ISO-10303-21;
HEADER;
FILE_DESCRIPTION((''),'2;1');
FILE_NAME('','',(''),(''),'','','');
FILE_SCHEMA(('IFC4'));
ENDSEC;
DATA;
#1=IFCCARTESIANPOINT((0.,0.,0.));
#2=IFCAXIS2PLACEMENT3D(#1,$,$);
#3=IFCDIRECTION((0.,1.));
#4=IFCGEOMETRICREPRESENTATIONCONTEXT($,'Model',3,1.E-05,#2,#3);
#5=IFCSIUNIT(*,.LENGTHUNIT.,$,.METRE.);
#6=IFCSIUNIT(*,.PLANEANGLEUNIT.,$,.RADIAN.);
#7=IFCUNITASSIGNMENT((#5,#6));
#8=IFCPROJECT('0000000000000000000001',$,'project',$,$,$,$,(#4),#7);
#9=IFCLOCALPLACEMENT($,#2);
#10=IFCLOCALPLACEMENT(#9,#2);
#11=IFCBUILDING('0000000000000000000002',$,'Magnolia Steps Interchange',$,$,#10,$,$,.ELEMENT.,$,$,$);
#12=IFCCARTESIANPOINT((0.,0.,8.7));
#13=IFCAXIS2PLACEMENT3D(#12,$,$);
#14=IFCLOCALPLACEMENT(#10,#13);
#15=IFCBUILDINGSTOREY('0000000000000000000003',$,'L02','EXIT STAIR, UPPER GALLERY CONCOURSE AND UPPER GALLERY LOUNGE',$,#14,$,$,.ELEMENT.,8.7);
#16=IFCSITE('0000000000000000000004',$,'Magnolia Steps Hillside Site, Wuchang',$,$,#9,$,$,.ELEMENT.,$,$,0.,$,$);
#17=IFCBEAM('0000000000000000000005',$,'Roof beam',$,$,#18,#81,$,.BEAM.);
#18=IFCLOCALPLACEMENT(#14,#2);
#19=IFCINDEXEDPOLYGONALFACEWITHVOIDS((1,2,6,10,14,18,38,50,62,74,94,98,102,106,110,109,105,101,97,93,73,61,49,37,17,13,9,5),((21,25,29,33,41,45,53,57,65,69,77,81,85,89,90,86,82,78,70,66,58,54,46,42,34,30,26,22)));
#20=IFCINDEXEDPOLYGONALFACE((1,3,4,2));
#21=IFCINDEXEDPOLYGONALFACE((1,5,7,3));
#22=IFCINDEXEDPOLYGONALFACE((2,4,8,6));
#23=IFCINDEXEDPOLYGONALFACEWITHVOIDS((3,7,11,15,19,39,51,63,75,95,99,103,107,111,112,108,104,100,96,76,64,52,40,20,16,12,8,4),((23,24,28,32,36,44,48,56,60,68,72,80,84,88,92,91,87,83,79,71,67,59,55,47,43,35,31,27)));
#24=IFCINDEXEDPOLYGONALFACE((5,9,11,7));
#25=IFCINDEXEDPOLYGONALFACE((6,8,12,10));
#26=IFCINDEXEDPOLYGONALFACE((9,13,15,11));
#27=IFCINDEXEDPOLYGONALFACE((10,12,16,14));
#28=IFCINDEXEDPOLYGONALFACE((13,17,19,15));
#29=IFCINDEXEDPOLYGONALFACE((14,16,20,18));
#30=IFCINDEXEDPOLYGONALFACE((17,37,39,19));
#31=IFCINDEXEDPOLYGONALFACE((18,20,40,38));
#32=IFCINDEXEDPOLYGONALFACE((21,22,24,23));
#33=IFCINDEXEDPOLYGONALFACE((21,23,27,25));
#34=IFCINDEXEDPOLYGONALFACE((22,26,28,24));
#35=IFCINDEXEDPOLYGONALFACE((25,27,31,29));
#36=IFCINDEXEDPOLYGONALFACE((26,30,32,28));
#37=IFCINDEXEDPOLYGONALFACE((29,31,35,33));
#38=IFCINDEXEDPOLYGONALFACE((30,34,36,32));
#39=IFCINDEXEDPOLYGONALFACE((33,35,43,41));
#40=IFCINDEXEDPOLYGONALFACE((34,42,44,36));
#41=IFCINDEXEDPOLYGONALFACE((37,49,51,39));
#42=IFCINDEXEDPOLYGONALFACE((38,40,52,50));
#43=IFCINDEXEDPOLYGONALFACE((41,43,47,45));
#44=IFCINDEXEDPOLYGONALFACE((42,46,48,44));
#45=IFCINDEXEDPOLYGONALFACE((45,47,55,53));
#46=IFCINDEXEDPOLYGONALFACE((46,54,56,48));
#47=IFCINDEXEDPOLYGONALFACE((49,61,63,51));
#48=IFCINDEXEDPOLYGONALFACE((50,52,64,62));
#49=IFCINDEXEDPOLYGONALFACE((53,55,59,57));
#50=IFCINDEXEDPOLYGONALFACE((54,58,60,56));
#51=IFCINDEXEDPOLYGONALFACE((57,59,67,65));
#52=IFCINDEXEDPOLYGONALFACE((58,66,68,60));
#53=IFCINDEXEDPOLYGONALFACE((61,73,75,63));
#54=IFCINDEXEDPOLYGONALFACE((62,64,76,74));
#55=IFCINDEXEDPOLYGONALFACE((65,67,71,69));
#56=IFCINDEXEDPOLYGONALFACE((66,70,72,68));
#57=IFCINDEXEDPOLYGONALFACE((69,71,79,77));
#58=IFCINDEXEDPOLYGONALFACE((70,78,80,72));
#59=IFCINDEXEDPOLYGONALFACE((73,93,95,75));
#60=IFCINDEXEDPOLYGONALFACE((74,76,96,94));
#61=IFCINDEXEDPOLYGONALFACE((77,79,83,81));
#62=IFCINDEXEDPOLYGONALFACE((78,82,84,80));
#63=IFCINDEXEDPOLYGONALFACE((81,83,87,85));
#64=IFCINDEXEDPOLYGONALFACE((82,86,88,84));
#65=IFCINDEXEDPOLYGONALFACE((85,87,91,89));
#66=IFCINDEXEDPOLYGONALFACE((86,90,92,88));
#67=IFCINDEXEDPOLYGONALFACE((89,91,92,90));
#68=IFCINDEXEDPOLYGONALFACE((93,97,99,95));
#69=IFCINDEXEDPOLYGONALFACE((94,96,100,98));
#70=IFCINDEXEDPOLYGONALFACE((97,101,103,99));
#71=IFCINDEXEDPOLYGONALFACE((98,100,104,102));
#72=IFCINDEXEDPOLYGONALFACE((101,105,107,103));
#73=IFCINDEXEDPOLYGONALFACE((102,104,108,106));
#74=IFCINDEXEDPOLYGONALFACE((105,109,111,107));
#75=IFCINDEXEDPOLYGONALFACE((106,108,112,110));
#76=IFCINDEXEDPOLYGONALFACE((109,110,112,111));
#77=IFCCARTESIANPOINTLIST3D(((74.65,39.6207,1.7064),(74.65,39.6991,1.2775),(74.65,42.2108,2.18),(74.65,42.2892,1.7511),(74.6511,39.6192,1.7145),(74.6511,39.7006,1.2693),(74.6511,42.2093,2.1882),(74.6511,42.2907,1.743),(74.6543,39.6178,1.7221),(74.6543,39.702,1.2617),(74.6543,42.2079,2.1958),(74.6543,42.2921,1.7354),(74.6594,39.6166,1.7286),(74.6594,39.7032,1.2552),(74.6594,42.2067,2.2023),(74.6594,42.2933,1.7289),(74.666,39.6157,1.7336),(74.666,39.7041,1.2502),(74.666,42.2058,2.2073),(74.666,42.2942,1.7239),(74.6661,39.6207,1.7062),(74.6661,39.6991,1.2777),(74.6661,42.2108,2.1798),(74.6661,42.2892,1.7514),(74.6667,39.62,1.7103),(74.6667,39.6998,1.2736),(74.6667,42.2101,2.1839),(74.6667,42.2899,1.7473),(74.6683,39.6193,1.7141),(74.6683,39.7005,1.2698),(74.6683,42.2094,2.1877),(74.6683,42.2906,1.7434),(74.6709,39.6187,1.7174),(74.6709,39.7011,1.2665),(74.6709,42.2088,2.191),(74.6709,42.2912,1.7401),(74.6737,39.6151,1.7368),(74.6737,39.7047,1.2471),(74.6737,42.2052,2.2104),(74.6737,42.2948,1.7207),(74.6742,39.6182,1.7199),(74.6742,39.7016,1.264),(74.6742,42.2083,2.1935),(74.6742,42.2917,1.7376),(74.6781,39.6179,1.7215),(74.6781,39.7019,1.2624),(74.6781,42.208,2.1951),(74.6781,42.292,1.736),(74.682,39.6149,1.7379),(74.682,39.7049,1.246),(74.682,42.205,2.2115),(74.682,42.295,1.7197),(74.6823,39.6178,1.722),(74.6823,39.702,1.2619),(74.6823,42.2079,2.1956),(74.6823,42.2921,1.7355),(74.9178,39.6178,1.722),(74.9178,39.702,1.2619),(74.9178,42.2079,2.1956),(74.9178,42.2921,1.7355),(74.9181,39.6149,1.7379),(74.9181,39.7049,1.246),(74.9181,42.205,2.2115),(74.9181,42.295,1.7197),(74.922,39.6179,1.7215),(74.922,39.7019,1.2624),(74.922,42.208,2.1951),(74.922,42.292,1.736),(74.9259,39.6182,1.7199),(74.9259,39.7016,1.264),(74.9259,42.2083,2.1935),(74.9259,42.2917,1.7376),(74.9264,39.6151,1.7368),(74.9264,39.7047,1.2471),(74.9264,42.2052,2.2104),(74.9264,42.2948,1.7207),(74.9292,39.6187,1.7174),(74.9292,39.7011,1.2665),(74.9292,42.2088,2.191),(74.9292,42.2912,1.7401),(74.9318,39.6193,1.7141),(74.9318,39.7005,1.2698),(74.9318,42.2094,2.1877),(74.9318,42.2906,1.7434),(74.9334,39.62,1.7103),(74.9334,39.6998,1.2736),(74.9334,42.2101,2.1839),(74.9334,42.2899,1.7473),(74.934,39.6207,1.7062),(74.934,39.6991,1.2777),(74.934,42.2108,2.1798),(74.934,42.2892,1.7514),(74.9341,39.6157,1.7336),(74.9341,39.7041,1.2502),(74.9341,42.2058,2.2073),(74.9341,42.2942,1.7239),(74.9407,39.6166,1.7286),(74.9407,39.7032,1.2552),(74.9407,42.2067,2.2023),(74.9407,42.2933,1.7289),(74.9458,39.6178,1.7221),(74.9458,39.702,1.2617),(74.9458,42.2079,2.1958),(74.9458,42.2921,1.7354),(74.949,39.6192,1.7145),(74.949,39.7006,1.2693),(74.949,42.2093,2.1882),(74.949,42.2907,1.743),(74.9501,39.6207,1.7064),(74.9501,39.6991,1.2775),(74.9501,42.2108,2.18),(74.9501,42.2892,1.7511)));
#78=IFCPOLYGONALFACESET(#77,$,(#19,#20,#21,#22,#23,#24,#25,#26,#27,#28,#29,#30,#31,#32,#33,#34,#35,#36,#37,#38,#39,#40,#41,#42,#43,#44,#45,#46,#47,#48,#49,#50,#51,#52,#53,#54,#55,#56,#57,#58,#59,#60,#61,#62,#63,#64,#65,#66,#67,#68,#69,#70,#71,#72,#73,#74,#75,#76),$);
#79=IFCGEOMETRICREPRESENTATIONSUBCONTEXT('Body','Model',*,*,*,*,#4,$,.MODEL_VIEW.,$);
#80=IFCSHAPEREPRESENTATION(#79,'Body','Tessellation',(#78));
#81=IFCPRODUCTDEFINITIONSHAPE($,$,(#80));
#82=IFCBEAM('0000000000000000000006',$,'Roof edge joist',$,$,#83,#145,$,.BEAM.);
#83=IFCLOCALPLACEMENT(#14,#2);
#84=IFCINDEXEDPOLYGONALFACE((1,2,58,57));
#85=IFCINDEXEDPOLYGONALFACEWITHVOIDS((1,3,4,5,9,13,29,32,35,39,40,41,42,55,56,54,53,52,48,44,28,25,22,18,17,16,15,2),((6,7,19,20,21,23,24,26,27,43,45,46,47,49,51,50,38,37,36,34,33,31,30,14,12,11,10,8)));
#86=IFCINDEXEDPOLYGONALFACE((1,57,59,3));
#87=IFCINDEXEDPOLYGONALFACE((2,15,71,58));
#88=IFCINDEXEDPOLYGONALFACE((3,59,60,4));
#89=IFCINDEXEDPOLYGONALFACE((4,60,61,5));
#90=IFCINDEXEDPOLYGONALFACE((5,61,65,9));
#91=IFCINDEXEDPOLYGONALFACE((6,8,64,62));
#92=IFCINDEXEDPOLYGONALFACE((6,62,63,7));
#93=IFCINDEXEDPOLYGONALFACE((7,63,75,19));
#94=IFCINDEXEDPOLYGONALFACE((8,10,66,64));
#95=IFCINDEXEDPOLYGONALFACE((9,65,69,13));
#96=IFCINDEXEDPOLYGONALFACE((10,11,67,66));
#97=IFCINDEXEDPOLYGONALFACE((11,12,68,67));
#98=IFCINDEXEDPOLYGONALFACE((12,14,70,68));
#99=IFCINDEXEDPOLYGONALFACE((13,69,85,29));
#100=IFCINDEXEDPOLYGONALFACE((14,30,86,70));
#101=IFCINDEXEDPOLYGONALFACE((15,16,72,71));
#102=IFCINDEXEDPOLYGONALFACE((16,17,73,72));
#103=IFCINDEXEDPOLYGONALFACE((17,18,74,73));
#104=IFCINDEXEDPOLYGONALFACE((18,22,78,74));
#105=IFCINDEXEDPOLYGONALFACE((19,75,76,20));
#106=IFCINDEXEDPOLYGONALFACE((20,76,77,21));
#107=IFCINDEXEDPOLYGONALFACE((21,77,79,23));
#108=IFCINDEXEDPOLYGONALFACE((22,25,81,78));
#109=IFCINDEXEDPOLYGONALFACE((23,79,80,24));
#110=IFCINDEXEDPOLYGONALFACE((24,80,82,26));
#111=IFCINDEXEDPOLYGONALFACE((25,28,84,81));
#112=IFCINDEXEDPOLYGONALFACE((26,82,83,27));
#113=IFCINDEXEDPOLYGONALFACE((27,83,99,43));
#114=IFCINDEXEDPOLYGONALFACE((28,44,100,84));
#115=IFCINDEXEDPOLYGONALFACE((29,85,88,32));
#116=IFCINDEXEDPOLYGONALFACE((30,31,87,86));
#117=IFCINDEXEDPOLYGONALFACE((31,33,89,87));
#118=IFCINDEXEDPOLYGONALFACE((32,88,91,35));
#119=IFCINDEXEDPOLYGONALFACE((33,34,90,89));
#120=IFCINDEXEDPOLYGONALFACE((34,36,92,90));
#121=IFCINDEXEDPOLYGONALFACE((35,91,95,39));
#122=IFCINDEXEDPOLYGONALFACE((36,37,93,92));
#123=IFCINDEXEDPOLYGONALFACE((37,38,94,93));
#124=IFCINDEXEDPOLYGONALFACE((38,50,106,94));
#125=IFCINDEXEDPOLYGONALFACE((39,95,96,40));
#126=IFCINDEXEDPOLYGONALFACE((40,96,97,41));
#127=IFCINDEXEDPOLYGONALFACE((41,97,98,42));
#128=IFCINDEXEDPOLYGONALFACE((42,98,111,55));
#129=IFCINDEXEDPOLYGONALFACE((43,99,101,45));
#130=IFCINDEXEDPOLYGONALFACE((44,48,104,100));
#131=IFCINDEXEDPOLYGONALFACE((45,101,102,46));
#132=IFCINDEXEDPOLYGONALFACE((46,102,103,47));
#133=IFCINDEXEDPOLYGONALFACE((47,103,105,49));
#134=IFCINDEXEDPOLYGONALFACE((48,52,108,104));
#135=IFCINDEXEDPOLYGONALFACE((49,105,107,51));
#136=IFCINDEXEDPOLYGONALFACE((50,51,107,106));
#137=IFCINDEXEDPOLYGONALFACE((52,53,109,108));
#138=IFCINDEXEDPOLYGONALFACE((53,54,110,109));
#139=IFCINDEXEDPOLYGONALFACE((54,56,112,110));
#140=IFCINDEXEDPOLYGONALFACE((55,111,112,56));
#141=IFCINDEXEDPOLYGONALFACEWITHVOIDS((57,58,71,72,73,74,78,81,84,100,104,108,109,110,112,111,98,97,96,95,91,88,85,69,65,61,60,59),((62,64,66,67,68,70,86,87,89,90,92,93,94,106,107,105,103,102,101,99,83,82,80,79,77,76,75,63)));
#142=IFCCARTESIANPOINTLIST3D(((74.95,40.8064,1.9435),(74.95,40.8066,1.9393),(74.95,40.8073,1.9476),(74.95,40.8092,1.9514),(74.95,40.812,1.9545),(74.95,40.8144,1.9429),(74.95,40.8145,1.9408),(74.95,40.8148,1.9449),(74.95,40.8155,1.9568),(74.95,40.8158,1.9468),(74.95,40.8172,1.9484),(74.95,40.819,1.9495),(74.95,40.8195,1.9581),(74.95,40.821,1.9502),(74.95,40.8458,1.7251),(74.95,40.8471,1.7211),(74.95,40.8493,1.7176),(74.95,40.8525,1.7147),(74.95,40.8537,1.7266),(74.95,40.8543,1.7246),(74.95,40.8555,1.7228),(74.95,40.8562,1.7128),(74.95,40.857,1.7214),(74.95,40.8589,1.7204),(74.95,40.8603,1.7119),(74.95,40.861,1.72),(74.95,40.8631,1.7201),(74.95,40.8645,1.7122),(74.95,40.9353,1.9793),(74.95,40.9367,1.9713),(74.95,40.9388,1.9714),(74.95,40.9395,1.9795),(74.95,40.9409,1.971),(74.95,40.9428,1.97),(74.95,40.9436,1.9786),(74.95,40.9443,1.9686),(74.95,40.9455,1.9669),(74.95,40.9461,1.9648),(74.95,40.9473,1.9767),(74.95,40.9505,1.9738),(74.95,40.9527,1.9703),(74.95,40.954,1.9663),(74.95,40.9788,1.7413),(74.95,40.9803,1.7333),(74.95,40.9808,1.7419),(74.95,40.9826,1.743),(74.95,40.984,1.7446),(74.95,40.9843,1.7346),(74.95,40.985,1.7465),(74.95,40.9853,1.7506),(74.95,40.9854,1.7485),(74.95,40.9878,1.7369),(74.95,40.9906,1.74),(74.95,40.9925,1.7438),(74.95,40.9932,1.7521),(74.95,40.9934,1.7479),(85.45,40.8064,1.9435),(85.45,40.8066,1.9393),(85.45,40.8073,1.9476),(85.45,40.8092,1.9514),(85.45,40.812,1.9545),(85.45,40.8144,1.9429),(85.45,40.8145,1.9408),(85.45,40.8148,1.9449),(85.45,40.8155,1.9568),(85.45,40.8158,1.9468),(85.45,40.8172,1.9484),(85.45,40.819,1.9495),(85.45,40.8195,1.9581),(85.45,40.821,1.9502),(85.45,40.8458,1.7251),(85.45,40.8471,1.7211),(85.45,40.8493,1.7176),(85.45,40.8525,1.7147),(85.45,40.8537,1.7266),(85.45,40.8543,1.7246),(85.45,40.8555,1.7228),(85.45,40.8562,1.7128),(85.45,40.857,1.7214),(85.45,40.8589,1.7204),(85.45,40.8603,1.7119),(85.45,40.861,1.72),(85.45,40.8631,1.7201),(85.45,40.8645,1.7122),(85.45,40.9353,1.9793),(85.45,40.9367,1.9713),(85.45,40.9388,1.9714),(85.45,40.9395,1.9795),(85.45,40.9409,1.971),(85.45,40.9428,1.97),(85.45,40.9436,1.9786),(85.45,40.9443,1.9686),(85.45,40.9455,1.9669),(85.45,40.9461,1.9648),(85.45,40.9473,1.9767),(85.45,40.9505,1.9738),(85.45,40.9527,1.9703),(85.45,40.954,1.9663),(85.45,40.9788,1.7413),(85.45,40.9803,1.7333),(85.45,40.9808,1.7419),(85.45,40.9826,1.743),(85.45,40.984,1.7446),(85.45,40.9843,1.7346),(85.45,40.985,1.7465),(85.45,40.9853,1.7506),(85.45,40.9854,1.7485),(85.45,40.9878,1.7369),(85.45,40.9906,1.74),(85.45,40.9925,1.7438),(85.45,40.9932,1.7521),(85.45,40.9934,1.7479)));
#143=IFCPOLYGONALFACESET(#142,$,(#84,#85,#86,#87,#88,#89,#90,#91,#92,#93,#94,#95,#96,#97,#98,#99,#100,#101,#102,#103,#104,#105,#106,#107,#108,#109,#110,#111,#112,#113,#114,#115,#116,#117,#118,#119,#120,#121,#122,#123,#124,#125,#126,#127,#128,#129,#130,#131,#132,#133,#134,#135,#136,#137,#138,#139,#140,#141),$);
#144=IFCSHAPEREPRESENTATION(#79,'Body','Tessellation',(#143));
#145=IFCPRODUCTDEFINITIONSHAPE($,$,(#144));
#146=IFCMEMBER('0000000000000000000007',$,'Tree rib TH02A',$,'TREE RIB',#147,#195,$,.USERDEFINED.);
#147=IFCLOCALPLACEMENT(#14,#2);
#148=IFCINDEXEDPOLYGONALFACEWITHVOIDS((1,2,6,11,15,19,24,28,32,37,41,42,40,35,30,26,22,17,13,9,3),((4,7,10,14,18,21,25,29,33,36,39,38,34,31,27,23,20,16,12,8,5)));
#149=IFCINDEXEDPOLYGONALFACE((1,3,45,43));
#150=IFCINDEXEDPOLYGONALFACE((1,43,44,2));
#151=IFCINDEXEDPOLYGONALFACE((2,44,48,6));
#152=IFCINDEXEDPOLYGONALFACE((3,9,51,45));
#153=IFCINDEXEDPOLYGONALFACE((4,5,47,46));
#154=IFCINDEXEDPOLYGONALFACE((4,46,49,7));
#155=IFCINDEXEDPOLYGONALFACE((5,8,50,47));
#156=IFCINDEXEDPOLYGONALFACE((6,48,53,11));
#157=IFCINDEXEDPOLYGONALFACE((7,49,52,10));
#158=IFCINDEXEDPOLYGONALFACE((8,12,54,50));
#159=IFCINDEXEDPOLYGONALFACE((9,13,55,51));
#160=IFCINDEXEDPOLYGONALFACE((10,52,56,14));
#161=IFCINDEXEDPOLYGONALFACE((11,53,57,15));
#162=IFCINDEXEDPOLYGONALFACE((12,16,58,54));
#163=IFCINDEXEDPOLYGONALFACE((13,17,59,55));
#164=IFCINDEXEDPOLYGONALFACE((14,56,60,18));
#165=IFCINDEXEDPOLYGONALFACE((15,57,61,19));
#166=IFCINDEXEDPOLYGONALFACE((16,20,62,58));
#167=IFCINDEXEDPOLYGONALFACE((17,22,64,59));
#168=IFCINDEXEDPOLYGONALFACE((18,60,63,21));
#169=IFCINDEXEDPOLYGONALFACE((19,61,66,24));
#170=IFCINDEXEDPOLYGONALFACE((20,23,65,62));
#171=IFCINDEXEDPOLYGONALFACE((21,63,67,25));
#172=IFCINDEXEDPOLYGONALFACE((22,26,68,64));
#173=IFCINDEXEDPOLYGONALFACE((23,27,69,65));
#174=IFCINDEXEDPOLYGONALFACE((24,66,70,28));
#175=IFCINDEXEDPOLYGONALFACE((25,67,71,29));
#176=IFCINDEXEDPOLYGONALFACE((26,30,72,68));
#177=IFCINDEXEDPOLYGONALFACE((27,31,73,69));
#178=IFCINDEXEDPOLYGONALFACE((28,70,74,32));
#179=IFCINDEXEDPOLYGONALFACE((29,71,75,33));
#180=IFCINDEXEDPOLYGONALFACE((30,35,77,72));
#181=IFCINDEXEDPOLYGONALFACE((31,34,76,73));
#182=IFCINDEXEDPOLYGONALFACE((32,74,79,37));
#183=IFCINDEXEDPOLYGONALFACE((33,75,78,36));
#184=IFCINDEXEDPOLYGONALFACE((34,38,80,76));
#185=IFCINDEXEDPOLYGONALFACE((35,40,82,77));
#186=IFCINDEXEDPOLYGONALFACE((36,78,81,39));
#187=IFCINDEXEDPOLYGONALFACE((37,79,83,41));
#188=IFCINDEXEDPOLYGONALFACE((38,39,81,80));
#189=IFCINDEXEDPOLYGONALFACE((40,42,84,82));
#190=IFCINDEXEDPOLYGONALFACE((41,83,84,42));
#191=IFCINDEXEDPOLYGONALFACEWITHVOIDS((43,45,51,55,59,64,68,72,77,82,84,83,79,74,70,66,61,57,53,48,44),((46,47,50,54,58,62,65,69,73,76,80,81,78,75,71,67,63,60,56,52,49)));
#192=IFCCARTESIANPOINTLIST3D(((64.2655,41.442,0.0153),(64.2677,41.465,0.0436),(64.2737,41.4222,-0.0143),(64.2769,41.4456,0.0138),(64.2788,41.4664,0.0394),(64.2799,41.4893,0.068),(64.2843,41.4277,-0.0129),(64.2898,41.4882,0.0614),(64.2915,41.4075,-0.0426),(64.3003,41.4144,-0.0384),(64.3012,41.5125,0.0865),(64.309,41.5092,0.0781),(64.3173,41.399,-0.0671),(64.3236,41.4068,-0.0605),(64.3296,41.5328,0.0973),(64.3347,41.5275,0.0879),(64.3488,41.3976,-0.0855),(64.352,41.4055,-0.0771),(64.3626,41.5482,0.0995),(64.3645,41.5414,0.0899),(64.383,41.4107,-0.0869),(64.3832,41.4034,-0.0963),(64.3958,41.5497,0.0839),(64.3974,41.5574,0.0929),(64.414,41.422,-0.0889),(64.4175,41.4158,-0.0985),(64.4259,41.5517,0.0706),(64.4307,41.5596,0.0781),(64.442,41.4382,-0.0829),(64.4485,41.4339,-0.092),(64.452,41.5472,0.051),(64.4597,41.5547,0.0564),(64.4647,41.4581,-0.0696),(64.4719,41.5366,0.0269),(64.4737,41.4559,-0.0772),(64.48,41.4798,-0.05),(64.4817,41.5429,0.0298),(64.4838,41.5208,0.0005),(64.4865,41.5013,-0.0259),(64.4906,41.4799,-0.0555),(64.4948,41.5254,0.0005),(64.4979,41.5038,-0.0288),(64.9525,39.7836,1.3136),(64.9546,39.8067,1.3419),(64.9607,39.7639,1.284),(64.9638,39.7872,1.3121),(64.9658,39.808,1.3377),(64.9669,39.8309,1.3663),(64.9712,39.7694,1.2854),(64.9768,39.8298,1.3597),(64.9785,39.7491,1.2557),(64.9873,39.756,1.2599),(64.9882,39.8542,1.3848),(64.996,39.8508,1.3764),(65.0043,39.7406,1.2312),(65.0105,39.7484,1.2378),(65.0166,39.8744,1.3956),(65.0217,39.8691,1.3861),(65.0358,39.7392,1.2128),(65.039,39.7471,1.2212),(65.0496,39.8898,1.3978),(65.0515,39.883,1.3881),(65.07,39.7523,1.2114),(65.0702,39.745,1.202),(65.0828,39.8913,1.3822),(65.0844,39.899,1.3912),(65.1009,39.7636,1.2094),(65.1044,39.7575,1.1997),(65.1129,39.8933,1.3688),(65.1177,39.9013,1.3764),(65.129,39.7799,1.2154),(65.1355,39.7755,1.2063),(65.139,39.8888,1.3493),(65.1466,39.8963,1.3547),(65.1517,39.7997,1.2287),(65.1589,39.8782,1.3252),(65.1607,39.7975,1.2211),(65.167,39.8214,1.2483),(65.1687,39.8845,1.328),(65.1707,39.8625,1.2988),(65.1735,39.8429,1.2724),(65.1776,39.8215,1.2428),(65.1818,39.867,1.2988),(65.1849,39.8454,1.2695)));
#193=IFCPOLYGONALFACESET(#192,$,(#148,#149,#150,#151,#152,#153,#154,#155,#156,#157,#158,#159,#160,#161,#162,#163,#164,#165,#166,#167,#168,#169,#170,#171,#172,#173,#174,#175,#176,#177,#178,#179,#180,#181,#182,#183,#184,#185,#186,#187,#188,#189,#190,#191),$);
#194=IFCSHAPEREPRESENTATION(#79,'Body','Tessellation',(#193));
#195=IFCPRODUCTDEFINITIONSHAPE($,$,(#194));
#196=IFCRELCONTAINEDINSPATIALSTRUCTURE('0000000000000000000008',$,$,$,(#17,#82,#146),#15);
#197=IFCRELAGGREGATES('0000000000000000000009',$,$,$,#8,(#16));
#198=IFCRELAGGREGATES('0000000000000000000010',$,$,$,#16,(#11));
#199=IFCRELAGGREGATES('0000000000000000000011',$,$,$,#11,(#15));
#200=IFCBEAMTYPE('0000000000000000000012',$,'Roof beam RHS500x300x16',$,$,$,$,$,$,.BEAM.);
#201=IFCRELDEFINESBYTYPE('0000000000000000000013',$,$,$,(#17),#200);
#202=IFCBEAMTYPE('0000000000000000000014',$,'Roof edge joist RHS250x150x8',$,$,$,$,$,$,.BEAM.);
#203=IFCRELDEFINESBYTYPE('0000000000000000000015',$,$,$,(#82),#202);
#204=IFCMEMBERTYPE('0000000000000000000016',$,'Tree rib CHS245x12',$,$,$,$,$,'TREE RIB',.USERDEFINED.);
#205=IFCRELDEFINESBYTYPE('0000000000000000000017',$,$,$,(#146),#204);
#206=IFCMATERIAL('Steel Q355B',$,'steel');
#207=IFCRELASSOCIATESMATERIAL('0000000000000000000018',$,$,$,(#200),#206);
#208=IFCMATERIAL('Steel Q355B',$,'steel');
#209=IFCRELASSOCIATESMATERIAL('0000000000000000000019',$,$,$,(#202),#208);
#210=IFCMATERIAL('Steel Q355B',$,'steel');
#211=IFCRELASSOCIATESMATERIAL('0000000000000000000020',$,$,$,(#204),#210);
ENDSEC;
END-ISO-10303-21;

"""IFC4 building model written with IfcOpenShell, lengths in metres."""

from ifc_helpers import new_model, si_unit, direction, frame, origin, origin_2d, place, context, subcontext, project, spatial, hollow_rectangle, hollow_circle, extrude, material, material_profile, profile_set, type_object, element, save


model = new_model("IFC4")

# Units and contexts
model_context = context("Model", 3, precision=1e-05, world=origin(), true_north=direction((0.0, 1.0)))
body_context = subcontext(model_context, "Body", "Model", "MODEL_VIEW")
ifc_project = project(units=[si_unit("LENGTHUNIT", "METRE"), si_unit("PLANEANGLEUNIT", "RADIAN")], contexts=[model_context])

# Site, building, storey
site_placement = place(None, origin())
site = spatial("IfcSite", under=ifc_project, at=site_placement, Name="Magnolia Steps Hillside Site, Wuchang", CompositionType="ELEMENT", RefElevation=0.0)
building_placement = place(site_placement, origin())
building = spatial("IfcBuilding", under=site, at=building_placement, Name="Magnolia Steps Interchange", CompositionType="ELEMENT")
storey_placement = place(building_placement, frame((0.0, 0.0, 8.7)))
storey = spatial("IfcBuildingStorey", under=building, at=storey_placement, Name="L02", Description="EXIT STAIR, UPPER GALLERY CONCOURSE AND UPPER GALLERY LOUNGE", CompositionType="ELEMENT", Elevation=8.7)

# Beams
ifc_material_1 = material(Name="Steel Q355B", Category="steel")
ifc_material_profile_1 = material_profile(ifc_material_1, hollow_rectangle(XDim=0.3, YDim=0.5, WallThickness=0.0161, InnerFilletRadius=0.0161, OuterFilletRadius=0.032, at=origin_2d()), Name="RHS500x300x16")
ifc_profile_set_1 = profile_set([ifc_material_profile_1], Name="Steel Q355B")
beam_type_1 = type_object("IfcBeamType", Name="Roof beam RHS500x300x16", PredefinedType="BEAM", material=ifc_profile_set_1)
beam_1_placement = place(storey_placement, frame((74.8, 42.25, 1.9656), z_axis=(0.0, -0.983688, -0.179881), x_axis=(1.0, 0.0, 0.0)))
element("IfcBeam", 1, at=beam_1_placement, inside=storey, type_object=beam_type_1, Name="Roof beam", PredefinedType="BEAM", context=body_context, shape_type="SweptSolid", body=[
    extrude(hollow_rectangle(XDim=0.3, YDim=0.5, WallThickness=0.0161, InnerFilletRadius=0.0161, OuterFilletRadius=0.032, at=origin_2d()), origin(), (0.0, 0.0, 1.0), 2.6331),
])
ifc_material_2 = material(Name="Steel Q355B", Category="steel")
ifc_material_profile_2 = material_profile(ifc_material_2, hollow_rectangle(XDim=0.1499, YDim=0.25, WallThickness=0.0081, InnerFilletRadius=0.0081, OuterFilletRadius=0.0161, at=origin_2d()), Name="RHS250x150x8")
ifc_profile_set_2 = profile_set([ifc_material_profile_2], Name="Steel Q355B")
beam_type_2 = type_object("IfcBeamType", Name="Roof edge joist RHS250x150x8", PredefinedType="BEAM", material=ifc_profile_set_2)
beam_2_placement = place(storey_placement, frame((74.95, 40.8999, 1.8457), z_axis=(1.0, 0.0, 0.0), x_axis=(0.0, 0.983677, 0.179941)))
element("IfcBeam", 2, at=beam_2_placement, inside=storey, type_object=beam_type_2, Name="Roof edge joist", PredefinedType="BEAM", context=body_context, shape_type="SweptSolid", body=[
    extrude(hollow_rectangle(XDim=0.1499, YDim=0.25, WallThickness=0.0081, InnerFilletRadius=0.0081, OuterFilletRadius=0.0161, at=origin_2d()), origin(), (0.0, 0.0, 1.0), 10.5),
])

# Member
ifc_material_3 = material(Name="Steel Q355B", Category="steel")
ifc_material_profile_3 = material_profile(ifc_material_3, hollow_circle(Radius=0.1226, WallThickness=0.012, at=origin_2d()), Name="CHS245x12")
ifc_profile_set_3 = profile_set([ifc_material_profile_3], Name="Steel Q355B")
member_type = type_object("IfcMemberType", Name="Tree rib CHS245x12", ElementType="TREE RIB", PredefinedType="USERDEFINED", material=ifc_profile_set_3)
for number, where, z_axis, x_axis, name in (
    (3, (64.3816, 41.4785, 0.0005), (0.310103, -0.74859, 0.586045), (0.923868, 0.382712, 0.0), "Tree rib TH02A"),
):
    element("IfcMember", number, at=place(storey_placement, frame(where, z_axis=z_axis, x_axis=x_axis)), inside=storey, type_object=member_type, Name=name, ObjectType="TREE RIB", PredefinedType="USERDEFINED", context=body_context, shape_type="SweptSolid", body=[
        extrude(hollow_circle(Radius=0.1226, WallThickness=0.012, at=origin_2d()), origin(), (0.0, 0.0, 1.0), 2.2153),
    ])

save(model, "model.ifc")
